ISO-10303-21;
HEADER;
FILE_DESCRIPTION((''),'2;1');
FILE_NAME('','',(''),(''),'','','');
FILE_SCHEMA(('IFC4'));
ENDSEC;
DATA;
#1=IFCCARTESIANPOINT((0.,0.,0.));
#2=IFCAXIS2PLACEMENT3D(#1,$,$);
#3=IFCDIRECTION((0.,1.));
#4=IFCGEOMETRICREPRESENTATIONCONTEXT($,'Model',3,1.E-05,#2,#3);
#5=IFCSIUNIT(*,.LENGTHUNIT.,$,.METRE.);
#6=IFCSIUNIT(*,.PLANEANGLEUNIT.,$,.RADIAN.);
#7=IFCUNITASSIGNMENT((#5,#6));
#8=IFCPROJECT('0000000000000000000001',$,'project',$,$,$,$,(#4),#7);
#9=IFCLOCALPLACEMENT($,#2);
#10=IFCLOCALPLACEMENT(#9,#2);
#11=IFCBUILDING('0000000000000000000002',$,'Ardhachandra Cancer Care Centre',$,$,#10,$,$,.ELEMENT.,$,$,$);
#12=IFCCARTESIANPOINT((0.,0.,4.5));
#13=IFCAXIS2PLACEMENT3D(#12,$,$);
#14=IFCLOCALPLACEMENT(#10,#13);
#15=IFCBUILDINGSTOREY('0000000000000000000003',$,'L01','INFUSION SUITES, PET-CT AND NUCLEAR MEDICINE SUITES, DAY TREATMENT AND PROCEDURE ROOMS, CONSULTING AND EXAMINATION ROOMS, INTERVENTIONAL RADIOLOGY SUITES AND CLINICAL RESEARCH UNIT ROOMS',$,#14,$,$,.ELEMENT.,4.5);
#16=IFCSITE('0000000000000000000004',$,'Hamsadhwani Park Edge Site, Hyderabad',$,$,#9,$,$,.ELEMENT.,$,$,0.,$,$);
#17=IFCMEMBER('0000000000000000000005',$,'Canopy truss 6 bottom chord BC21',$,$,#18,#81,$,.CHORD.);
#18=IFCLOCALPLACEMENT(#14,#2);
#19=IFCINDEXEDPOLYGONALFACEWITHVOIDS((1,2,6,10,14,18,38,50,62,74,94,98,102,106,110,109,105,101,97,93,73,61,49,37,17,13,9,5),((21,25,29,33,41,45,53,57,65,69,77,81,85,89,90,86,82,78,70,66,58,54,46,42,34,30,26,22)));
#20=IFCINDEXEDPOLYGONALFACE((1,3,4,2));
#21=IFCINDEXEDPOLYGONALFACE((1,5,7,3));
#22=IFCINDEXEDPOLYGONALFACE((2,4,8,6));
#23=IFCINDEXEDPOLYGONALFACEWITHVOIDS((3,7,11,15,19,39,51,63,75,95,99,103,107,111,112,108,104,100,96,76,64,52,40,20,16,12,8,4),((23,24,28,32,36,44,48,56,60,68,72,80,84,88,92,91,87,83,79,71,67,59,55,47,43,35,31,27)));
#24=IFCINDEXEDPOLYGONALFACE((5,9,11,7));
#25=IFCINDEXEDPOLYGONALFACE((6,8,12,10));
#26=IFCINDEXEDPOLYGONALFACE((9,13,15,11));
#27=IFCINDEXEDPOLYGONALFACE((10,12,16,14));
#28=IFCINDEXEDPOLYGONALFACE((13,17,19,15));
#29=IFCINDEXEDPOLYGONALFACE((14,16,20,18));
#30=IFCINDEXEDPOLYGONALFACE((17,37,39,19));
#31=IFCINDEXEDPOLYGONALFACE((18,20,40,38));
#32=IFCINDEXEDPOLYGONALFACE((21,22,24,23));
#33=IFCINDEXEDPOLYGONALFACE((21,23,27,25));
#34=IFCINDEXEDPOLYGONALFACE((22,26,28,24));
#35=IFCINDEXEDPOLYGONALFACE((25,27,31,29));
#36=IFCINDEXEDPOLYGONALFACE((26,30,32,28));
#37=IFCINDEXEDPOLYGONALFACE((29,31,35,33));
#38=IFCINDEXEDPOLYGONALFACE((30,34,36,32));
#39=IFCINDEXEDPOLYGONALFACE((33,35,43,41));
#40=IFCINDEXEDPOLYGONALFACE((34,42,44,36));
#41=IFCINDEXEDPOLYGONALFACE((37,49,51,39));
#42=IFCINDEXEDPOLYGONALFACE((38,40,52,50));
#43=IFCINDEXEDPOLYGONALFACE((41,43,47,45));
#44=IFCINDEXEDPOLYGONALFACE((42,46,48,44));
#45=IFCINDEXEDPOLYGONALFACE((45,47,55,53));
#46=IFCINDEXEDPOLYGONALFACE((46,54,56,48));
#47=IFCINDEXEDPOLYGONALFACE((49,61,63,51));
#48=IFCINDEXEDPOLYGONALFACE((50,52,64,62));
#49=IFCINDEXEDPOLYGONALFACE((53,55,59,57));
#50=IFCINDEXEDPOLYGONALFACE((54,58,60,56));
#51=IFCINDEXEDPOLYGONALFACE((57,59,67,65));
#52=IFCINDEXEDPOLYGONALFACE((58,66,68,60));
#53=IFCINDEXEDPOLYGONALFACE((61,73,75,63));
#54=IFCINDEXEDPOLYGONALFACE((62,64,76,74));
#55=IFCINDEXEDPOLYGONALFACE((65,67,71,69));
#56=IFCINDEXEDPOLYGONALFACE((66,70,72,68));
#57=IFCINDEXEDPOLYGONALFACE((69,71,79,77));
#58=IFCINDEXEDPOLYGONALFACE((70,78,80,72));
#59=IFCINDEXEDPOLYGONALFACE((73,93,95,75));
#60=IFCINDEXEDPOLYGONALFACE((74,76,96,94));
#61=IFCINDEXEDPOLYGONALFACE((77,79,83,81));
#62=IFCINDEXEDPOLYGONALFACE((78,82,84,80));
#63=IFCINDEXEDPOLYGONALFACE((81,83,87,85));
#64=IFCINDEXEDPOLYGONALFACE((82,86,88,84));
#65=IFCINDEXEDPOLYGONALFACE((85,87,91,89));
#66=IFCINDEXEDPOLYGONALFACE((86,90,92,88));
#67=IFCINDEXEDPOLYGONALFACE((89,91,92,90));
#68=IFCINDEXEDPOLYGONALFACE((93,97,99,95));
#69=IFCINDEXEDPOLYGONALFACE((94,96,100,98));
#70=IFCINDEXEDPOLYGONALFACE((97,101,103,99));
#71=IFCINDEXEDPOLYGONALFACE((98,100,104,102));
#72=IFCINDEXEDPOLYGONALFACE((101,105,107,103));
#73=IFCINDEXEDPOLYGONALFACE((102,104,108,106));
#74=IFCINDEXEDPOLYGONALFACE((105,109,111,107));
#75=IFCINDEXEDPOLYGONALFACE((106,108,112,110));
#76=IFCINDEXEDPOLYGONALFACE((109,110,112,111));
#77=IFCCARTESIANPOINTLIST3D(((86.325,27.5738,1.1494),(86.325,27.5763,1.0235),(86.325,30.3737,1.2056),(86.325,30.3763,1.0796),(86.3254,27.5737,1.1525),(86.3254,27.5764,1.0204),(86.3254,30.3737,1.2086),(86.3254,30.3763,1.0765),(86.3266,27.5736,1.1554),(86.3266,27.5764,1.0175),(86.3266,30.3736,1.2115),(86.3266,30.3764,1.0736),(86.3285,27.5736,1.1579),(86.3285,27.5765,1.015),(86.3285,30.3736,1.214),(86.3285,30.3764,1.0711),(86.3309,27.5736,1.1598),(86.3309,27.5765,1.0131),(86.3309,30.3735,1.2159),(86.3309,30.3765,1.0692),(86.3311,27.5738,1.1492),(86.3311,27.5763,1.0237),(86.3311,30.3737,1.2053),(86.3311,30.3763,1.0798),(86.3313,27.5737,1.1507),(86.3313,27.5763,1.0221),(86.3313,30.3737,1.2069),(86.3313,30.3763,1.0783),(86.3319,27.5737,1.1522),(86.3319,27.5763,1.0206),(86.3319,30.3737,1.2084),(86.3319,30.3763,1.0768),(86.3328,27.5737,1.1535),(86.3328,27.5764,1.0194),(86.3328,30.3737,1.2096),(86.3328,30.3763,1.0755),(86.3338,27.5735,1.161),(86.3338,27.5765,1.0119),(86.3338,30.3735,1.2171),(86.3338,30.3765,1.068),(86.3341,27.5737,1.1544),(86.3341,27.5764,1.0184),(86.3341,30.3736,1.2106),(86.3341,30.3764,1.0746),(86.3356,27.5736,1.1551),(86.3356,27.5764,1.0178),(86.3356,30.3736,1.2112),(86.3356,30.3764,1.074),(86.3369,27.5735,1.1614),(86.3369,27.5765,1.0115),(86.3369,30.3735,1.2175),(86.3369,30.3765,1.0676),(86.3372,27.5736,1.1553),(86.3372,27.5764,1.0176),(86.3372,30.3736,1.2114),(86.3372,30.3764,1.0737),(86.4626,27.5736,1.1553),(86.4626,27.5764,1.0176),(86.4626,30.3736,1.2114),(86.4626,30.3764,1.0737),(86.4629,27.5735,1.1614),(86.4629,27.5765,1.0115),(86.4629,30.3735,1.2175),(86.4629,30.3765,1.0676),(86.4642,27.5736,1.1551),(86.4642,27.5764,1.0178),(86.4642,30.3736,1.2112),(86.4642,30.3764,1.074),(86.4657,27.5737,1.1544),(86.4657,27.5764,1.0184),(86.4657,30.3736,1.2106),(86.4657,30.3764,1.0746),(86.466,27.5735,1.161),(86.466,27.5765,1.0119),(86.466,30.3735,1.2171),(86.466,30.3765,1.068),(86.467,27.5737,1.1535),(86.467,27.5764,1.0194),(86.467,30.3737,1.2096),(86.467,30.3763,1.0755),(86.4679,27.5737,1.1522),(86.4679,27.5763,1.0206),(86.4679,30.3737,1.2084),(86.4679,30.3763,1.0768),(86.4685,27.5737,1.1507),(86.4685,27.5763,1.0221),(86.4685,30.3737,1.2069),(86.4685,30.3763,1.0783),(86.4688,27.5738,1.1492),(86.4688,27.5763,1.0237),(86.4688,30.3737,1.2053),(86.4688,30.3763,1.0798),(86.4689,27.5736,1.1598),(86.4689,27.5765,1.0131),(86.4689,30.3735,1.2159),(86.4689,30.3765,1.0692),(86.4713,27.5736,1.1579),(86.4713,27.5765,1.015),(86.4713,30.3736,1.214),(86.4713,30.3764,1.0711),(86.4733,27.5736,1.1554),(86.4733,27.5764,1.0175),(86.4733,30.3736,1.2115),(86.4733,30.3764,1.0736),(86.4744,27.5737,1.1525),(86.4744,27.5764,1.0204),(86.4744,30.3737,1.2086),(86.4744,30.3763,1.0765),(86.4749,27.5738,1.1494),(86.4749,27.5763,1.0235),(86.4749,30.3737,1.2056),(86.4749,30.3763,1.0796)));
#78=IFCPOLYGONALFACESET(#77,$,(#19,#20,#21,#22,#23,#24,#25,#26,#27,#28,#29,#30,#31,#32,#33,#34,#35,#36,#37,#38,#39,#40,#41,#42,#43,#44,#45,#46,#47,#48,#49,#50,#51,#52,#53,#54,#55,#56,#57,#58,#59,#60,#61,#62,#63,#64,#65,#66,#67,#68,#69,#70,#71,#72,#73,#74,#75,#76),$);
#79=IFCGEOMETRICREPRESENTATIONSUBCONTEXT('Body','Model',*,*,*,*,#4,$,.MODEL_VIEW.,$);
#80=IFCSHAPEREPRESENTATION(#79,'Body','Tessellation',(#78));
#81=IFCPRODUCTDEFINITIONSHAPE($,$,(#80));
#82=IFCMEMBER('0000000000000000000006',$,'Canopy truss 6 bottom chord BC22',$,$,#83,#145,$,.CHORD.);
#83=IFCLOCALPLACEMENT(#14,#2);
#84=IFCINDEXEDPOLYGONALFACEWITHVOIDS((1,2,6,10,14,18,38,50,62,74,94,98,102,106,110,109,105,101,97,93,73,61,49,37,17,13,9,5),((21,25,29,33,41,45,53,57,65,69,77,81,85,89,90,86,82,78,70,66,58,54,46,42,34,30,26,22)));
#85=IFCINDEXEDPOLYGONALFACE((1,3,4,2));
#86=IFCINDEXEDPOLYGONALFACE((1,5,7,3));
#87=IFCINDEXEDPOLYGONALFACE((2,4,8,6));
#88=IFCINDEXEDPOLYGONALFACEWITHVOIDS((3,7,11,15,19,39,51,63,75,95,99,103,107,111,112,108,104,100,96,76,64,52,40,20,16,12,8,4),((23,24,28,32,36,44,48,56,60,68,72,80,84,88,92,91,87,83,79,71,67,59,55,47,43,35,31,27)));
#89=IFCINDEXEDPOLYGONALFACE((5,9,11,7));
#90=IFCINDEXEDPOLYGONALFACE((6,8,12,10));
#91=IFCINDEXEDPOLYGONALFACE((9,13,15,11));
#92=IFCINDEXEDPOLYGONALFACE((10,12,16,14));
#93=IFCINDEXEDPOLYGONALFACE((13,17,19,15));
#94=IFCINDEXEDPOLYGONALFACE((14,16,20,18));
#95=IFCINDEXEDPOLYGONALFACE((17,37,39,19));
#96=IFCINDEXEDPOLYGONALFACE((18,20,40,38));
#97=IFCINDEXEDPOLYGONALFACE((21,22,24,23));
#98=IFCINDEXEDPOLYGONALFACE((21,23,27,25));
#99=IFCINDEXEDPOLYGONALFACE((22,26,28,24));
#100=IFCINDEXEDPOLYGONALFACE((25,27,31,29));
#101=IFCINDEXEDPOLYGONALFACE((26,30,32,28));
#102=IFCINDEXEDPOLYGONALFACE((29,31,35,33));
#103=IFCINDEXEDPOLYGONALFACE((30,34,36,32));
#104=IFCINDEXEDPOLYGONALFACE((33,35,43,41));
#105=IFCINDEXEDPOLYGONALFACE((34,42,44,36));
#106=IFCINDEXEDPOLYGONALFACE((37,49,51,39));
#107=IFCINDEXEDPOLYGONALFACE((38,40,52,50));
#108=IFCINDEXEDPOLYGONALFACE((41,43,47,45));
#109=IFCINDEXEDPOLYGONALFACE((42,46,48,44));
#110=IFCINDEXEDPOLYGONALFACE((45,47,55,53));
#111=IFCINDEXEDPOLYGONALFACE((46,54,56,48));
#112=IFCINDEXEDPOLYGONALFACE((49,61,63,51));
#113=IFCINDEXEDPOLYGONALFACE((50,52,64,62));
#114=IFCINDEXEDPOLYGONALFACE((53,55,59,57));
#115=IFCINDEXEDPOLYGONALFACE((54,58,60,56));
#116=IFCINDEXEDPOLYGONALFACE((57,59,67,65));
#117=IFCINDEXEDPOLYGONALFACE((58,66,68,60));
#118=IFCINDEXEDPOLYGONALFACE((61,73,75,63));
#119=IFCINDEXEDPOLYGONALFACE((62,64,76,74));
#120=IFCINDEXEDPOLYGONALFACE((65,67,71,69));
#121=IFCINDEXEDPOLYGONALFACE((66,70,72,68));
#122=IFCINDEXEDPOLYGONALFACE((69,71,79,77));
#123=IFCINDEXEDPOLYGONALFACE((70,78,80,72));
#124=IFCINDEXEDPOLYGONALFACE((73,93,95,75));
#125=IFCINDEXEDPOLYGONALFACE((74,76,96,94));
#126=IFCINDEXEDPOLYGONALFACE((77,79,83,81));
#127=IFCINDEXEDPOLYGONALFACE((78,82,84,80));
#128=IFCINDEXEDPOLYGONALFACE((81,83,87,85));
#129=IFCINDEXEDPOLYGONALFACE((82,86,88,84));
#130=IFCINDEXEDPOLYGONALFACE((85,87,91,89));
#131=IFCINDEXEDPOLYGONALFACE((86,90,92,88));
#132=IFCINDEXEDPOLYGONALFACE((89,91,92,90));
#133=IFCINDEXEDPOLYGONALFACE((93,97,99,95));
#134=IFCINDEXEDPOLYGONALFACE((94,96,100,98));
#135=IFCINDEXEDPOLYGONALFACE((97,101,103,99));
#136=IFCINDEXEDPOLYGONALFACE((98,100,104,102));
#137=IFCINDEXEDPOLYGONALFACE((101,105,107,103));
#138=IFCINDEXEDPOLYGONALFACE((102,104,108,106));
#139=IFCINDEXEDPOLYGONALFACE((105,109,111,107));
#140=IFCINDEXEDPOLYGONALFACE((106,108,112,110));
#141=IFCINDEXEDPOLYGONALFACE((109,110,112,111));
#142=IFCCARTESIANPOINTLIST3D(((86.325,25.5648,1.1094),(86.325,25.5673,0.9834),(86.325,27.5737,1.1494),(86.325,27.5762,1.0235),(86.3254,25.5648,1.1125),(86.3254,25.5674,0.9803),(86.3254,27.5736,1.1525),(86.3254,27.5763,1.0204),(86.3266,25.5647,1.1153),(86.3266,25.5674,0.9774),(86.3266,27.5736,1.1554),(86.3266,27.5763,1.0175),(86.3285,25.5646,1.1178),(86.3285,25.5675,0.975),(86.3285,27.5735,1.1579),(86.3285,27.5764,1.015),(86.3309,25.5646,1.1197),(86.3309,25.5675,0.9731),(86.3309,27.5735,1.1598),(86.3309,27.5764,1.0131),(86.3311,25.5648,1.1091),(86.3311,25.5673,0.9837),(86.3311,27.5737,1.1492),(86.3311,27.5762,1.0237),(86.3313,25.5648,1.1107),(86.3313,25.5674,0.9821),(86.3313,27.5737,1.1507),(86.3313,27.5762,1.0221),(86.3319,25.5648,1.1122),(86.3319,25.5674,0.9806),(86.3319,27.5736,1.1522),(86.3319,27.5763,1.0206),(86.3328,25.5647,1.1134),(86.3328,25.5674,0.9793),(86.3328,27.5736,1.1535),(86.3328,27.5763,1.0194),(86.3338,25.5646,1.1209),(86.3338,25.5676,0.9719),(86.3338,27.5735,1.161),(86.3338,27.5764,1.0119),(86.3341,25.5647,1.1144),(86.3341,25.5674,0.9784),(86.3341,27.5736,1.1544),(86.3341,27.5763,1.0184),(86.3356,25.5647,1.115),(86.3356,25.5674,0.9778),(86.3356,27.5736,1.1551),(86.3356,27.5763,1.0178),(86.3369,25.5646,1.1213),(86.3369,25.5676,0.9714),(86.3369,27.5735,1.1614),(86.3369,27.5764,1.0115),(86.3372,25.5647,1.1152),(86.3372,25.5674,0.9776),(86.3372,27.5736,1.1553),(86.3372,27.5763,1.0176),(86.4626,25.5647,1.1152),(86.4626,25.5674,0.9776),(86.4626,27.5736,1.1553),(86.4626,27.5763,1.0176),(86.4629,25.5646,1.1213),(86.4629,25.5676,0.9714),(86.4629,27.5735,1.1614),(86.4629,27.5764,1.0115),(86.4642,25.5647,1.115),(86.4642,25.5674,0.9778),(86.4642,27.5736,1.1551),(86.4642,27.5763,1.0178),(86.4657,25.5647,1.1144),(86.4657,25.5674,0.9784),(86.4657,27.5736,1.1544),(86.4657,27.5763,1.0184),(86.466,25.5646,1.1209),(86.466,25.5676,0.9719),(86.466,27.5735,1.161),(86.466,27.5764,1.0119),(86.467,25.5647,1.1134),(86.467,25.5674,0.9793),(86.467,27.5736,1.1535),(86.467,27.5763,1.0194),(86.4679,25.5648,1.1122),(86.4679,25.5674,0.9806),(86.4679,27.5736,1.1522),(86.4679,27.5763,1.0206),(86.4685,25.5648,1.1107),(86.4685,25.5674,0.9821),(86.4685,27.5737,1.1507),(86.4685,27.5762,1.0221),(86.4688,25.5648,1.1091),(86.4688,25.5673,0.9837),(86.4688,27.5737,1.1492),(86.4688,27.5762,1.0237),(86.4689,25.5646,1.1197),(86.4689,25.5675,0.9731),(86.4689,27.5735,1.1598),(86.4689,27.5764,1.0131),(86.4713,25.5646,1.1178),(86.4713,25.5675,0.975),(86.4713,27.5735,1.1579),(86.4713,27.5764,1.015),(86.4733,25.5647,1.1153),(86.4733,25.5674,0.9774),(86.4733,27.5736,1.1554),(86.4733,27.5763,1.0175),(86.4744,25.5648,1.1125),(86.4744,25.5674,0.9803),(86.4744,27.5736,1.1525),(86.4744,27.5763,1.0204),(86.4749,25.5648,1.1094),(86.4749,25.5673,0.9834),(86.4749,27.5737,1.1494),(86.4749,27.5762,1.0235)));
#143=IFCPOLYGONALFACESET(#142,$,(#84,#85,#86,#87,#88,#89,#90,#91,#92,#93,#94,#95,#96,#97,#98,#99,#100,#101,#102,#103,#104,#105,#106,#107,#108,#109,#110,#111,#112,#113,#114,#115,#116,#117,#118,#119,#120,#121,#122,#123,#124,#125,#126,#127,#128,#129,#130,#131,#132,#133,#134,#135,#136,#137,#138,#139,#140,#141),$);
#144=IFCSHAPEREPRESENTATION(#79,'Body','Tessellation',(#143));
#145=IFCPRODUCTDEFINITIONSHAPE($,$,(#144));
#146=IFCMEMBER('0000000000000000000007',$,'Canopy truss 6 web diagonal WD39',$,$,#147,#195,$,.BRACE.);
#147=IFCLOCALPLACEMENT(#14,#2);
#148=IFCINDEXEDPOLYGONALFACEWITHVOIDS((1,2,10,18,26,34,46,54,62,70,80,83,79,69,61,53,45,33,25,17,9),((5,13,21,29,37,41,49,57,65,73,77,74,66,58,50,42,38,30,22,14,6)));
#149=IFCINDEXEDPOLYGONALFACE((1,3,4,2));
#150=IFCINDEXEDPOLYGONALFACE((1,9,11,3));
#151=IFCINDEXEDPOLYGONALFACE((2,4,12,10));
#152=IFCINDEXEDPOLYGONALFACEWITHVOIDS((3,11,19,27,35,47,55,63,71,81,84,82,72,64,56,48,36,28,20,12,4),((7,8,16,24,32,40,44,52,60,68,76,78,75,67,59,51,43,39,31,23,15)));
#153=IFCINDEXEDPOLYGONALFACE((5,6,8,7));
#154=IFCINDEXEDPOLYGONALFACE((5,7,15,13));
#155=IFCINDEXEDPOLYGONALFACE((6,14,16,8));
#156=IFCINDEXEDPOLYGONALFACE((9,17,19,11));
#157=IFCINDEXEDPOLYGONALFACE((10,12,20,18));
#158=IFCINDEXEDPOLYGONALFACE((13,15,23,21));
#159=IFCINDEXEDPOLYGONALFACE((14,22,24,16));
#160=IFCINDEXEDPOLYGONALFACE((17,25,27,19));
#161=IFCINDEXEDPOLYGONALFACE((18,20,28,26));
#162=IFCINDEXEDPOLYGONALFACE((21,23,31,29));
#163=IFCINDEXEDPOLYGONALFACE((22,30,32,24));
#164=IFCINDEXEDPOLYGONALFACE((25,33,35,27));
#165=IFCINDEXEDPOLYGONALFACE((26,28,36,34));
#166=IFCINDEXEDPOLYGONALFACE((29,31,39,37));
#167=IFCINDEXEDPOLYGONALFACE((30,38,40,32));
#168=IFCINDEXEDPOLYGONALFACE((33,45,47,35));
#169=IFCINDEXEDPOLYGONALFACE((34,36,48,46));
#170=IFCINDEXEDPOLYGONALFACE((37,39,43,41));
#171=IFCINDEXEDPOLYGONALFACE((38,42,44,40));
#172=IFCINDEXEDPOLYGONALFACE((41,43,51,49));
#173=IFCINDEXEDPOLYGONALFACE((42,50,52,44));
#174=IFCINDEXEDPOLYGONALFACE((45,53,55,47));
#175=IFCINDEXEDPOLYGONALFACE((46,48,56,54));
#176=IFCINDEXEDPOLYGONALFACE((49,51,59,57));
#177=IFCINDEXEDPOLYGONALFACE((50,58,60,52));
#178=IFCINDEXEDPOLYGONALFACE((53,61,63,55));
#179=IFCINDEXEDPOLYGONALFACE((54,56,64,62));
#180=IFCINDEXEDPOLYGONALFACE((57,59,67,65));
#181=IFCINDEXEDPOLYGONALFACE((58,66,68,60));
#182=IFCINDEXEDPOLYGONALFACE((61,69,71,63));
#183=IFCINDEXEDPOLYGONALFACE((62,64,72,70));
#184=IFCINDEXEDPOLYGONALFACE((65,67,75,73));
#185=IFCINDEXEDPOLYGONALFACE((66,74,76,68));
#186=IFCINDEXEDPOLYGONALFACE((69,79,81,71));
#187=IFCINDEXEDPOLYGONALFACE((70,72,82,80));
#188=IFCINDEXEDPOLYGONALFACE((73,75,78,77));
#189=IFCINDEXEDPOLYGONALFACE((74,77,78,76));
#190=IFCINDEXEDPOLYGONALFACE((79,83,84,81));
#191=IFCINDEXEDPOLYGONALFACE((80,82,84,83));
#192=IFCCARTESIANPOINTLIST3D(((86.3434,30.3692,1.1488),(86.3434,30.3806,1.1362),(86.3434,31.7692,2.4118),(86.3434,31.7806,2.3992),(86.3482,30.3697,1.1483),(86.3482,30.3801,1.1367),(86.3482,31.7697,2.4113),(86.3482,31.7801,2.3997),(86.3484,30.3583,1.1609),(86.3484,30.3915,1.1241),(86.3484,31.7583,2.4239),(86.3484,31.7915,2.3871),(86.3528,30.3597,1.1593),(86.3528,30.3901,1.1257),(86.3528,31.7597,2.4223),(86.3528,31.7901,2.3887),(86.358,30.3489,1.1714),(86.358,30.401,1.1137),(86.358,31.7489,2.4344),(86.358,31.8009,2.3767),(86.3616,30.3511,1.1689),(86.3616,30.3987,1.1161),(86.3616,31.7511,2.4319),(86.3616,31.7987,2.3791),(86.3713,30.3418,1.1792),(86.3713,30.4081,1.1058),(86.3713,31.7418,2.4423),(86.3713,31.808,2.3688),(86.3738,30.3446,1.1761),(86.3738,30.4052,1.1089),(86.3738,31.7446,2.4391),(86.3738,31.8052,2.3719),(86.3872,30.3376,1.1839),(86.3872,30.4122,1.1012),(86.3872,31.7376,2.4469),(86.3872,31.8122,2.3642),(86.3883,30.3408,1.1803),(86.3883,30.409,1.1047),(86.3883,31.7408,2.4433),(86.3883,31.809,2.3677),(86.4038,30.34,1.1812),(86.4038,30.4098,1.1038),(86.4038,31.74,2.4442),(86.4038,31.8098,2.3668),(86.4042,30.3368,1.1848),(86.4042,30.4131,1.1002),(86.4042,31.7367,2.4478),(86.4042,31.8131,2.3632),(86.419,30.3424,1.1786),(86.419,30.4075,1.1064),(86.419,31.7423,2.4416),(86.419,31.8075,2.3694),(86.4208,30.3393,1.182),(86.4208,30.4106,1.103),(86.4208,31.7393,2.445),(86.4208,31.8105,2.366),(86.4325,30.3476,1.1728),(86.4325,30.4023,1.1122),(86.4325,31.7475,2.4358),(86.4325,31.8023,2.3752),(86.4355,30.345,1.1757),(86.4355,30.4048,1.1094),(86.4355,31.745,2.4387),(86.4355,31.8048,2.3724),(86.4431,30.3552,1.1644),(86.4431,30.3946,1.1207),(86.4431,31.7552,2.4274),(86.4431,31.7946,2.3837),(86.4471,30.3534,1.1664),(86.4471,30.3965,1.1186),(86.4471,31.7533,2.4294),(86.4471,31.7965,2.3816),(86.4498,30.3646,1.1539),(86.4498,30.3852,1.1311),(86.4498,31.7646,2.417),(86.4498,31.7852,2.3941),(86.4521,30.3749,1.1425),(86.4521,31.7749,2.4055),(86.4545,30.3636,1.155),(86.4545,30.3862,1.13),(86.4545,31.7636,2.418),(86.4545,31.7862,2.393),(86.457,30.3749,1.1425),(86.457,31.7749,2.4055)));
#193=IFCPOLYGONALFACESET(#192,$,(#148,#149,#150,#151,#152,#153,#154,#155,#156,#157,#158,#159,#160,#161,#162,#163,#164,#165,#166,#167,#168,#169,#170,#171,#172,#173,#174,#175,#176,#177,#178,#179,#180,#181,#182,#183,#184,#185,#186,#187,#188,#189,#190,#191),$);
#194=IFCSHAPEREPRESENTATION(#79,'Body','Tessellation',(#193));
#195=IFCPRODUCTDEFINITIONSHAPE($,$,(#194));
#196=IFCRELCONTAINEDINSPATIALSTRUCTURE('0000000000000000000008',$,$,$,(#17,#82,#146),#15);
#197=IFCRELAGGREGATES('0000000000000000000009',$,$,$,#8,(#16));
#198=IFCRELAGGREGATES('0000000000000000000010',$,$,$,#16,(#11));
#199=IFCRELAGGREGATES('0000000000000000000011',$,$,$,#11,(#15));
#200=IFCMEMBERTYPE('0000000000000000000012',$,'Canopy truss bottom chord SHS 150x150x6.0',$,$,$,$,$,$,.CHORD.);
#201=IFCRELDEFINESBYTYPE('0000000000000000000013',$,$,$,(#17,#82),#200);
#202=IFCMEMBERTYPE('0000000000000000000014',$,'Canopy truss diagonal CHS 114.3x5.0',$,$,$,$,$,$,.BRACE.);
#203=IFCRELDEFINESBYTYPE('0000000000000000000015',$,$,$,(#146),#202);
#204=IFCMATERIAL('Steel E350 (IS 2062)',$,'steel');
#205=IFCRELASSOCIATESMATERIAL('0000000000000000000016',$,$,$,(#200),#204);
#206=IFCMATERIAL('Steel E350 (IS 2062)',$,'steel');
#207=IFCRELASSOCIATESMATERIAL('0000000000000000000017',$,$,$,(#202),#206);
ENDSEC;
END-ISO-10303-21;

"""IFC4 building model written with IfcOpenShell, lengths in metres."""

from ifc_helpers import new_model, si_unit, direction, frame, origin, origin_2d, place, context, subcontext, project, spatial, hollow_rectangle, hollow_circle, extrude, material, material_profile, profile_set, type_object, element, save


model = new_model("IFC4")

# Units and contexts
model_context = context("Model", 3, precision=1e-05, world=origin(), true_north=direction((0.0, 1.0)))
body_context = subcontext(model_context, "Body", "Model", "MODEL_VIEW")
ifc_project = project(units=[si_unit("LENGTHUNIT", "METRE"), si_unit("PLANEANGLEUNIT", "RADIAN")], contexts=[model_context])

# Site, building, storey
site_placement = place(None, origin())
site = spatial("IfcSite", under=ifc_project, at=site_placement, Name="Hamsadhwani Park Edge Site, Hyderabad", CompositionType="ELEMENT", RefElevation=0.0)
building_placement = place(site_placement, origin())
building = spatial("IfcBuilding", under=site, at=building_placement, Name="Ardhachandra Cancer Care Centre", CompositionType="ELEMENT")
storey_placement = place(building_placement, frame((0.0, 0.0, 4.5)))
storey = spatial("IfcBuildingStorey", under=building, at=storey_placement, Name="L01", Description="INFUSION SUITES, PET-CT AND NUCLEAR MEDICINE SUITES, DAY TREATMENT AND PROCEDURE ROOMS, CONSULTING AND EXAMINATION ROOMS, INTERVENTIONAL RADIOLOGY SUITES AND CLINICAL RESEARCH UNIT ROOMS", CompositionType="ELEMENT", Elevation=4.5)

# Members
ifc_material_1 = material(Name="Steel E350 (IS 2062)", Category="steel")
ifc_material_profile_1 = material_profile(ifc_material_1, hollow_rectangle(XDim=0.1499, YDim=0.1499, WallThickness=0.0061, InnerFilletRadius=0.0061, OuterFilletRadius=0.012, at=origin_2d()), Name="SHS 150x150x6.0")
ifc_profile_set_1 = profile_set([ifc_material_profile_1], Name="Steel E350 (IS 2062)")
member_type_1 = type_object("IfcMemberType", Name="Canopy truss bottom chord SHS 150x150x6.0", PredefinedType="CHORD", material=ifc_profile_set_1)
member_1_placement = place(storey_placement, frame((86.3999, 30.375, 1.1426), z_axis=(0.0, -0.999799, -0.02005), x_axis=(1.0, 0.0, 0.0)))
element("IfcMember", 1, at=member_1_placement, inside=storey, type_object=member_type_1, Name="Canopy truss 6 bottom chord BC21", PredefinedType="CHORD", context=body_context, shape_type="SweptSolid", body=[
    extrude(hollow_rectangle(XDim=0.1499, YDim=0.1499, WallThickness=0.0061, InnerFilletRadius=0.0061, OuterFilletRadius=0.012, at=origin_2d()), origin(), (0.0, 0.0, 1.0), 2.8005),
])
member_2_placement = place(storey_placement, frame((86.3999, 27.575, 1.0864), z_axis=(0.0, -0.999801, -0.019928), x_axis=(1.0, 0.0, 0.0)))
element("IfcMember", 2, at=member_2_placement, inside=storey, type_object=member_type_1, Name="Canopy truss 6 bottom chord BC22", PredefinedType="CHORD", context=body_context, shape_type="SweptSolid", body=[
    extrude(hollow_rectangle(XDim=0.1499, YDim=0.1499, WallThickness=0.0061, InnerFilletRadius=0.0061, OuterFilletRadius=0.012, at=origin_2d()), origin(), (0.0, 0.0, 1.0), 2.0093),
])
ifc_material_2 = material(Name="Steel E350 (IS 2062)", Category="steel")
ifc_material_profile_2 = material_profile(ifc_material_2, hollow_circle(Radius=0.0571, WallThickness=0.0049, at=origin_2d()), Name="CHS 114.3x5.0")
ifc_profile_set_2 = profile_set([ifc_material_profile_2], Name="Steel E350 (IS 2062)")
member_type_2 = type_object("IfcMemberType", Name="Canopy truss diagonal CHS 114.3x5.0", PredefinedType="BRACE", material=ifc_profile_set_2)
member_3_placement = place(storey_placement, frame((86.3999, 31.7749, 2.4055), z_axis=(0.0, -0.742495, -0.669851), x_axis=(1.0, 0.0, 0.0)))
element("IfcMember", 3, at=member_3_placement, inside=storey, type_object=member_type_2, Name="Canopy truss 6 web diagonal WD39", PredefinedType="BRACE", context=body_context, shape_type="SweptSolid", body=[
    extrude(hollow_circle(Radius=0.0571, WallThickness=0.0049, at=origin_2d()), origin(), (0.0, 0.0, 1.0), 1.8855),
])

save(model, "model.ifc")
